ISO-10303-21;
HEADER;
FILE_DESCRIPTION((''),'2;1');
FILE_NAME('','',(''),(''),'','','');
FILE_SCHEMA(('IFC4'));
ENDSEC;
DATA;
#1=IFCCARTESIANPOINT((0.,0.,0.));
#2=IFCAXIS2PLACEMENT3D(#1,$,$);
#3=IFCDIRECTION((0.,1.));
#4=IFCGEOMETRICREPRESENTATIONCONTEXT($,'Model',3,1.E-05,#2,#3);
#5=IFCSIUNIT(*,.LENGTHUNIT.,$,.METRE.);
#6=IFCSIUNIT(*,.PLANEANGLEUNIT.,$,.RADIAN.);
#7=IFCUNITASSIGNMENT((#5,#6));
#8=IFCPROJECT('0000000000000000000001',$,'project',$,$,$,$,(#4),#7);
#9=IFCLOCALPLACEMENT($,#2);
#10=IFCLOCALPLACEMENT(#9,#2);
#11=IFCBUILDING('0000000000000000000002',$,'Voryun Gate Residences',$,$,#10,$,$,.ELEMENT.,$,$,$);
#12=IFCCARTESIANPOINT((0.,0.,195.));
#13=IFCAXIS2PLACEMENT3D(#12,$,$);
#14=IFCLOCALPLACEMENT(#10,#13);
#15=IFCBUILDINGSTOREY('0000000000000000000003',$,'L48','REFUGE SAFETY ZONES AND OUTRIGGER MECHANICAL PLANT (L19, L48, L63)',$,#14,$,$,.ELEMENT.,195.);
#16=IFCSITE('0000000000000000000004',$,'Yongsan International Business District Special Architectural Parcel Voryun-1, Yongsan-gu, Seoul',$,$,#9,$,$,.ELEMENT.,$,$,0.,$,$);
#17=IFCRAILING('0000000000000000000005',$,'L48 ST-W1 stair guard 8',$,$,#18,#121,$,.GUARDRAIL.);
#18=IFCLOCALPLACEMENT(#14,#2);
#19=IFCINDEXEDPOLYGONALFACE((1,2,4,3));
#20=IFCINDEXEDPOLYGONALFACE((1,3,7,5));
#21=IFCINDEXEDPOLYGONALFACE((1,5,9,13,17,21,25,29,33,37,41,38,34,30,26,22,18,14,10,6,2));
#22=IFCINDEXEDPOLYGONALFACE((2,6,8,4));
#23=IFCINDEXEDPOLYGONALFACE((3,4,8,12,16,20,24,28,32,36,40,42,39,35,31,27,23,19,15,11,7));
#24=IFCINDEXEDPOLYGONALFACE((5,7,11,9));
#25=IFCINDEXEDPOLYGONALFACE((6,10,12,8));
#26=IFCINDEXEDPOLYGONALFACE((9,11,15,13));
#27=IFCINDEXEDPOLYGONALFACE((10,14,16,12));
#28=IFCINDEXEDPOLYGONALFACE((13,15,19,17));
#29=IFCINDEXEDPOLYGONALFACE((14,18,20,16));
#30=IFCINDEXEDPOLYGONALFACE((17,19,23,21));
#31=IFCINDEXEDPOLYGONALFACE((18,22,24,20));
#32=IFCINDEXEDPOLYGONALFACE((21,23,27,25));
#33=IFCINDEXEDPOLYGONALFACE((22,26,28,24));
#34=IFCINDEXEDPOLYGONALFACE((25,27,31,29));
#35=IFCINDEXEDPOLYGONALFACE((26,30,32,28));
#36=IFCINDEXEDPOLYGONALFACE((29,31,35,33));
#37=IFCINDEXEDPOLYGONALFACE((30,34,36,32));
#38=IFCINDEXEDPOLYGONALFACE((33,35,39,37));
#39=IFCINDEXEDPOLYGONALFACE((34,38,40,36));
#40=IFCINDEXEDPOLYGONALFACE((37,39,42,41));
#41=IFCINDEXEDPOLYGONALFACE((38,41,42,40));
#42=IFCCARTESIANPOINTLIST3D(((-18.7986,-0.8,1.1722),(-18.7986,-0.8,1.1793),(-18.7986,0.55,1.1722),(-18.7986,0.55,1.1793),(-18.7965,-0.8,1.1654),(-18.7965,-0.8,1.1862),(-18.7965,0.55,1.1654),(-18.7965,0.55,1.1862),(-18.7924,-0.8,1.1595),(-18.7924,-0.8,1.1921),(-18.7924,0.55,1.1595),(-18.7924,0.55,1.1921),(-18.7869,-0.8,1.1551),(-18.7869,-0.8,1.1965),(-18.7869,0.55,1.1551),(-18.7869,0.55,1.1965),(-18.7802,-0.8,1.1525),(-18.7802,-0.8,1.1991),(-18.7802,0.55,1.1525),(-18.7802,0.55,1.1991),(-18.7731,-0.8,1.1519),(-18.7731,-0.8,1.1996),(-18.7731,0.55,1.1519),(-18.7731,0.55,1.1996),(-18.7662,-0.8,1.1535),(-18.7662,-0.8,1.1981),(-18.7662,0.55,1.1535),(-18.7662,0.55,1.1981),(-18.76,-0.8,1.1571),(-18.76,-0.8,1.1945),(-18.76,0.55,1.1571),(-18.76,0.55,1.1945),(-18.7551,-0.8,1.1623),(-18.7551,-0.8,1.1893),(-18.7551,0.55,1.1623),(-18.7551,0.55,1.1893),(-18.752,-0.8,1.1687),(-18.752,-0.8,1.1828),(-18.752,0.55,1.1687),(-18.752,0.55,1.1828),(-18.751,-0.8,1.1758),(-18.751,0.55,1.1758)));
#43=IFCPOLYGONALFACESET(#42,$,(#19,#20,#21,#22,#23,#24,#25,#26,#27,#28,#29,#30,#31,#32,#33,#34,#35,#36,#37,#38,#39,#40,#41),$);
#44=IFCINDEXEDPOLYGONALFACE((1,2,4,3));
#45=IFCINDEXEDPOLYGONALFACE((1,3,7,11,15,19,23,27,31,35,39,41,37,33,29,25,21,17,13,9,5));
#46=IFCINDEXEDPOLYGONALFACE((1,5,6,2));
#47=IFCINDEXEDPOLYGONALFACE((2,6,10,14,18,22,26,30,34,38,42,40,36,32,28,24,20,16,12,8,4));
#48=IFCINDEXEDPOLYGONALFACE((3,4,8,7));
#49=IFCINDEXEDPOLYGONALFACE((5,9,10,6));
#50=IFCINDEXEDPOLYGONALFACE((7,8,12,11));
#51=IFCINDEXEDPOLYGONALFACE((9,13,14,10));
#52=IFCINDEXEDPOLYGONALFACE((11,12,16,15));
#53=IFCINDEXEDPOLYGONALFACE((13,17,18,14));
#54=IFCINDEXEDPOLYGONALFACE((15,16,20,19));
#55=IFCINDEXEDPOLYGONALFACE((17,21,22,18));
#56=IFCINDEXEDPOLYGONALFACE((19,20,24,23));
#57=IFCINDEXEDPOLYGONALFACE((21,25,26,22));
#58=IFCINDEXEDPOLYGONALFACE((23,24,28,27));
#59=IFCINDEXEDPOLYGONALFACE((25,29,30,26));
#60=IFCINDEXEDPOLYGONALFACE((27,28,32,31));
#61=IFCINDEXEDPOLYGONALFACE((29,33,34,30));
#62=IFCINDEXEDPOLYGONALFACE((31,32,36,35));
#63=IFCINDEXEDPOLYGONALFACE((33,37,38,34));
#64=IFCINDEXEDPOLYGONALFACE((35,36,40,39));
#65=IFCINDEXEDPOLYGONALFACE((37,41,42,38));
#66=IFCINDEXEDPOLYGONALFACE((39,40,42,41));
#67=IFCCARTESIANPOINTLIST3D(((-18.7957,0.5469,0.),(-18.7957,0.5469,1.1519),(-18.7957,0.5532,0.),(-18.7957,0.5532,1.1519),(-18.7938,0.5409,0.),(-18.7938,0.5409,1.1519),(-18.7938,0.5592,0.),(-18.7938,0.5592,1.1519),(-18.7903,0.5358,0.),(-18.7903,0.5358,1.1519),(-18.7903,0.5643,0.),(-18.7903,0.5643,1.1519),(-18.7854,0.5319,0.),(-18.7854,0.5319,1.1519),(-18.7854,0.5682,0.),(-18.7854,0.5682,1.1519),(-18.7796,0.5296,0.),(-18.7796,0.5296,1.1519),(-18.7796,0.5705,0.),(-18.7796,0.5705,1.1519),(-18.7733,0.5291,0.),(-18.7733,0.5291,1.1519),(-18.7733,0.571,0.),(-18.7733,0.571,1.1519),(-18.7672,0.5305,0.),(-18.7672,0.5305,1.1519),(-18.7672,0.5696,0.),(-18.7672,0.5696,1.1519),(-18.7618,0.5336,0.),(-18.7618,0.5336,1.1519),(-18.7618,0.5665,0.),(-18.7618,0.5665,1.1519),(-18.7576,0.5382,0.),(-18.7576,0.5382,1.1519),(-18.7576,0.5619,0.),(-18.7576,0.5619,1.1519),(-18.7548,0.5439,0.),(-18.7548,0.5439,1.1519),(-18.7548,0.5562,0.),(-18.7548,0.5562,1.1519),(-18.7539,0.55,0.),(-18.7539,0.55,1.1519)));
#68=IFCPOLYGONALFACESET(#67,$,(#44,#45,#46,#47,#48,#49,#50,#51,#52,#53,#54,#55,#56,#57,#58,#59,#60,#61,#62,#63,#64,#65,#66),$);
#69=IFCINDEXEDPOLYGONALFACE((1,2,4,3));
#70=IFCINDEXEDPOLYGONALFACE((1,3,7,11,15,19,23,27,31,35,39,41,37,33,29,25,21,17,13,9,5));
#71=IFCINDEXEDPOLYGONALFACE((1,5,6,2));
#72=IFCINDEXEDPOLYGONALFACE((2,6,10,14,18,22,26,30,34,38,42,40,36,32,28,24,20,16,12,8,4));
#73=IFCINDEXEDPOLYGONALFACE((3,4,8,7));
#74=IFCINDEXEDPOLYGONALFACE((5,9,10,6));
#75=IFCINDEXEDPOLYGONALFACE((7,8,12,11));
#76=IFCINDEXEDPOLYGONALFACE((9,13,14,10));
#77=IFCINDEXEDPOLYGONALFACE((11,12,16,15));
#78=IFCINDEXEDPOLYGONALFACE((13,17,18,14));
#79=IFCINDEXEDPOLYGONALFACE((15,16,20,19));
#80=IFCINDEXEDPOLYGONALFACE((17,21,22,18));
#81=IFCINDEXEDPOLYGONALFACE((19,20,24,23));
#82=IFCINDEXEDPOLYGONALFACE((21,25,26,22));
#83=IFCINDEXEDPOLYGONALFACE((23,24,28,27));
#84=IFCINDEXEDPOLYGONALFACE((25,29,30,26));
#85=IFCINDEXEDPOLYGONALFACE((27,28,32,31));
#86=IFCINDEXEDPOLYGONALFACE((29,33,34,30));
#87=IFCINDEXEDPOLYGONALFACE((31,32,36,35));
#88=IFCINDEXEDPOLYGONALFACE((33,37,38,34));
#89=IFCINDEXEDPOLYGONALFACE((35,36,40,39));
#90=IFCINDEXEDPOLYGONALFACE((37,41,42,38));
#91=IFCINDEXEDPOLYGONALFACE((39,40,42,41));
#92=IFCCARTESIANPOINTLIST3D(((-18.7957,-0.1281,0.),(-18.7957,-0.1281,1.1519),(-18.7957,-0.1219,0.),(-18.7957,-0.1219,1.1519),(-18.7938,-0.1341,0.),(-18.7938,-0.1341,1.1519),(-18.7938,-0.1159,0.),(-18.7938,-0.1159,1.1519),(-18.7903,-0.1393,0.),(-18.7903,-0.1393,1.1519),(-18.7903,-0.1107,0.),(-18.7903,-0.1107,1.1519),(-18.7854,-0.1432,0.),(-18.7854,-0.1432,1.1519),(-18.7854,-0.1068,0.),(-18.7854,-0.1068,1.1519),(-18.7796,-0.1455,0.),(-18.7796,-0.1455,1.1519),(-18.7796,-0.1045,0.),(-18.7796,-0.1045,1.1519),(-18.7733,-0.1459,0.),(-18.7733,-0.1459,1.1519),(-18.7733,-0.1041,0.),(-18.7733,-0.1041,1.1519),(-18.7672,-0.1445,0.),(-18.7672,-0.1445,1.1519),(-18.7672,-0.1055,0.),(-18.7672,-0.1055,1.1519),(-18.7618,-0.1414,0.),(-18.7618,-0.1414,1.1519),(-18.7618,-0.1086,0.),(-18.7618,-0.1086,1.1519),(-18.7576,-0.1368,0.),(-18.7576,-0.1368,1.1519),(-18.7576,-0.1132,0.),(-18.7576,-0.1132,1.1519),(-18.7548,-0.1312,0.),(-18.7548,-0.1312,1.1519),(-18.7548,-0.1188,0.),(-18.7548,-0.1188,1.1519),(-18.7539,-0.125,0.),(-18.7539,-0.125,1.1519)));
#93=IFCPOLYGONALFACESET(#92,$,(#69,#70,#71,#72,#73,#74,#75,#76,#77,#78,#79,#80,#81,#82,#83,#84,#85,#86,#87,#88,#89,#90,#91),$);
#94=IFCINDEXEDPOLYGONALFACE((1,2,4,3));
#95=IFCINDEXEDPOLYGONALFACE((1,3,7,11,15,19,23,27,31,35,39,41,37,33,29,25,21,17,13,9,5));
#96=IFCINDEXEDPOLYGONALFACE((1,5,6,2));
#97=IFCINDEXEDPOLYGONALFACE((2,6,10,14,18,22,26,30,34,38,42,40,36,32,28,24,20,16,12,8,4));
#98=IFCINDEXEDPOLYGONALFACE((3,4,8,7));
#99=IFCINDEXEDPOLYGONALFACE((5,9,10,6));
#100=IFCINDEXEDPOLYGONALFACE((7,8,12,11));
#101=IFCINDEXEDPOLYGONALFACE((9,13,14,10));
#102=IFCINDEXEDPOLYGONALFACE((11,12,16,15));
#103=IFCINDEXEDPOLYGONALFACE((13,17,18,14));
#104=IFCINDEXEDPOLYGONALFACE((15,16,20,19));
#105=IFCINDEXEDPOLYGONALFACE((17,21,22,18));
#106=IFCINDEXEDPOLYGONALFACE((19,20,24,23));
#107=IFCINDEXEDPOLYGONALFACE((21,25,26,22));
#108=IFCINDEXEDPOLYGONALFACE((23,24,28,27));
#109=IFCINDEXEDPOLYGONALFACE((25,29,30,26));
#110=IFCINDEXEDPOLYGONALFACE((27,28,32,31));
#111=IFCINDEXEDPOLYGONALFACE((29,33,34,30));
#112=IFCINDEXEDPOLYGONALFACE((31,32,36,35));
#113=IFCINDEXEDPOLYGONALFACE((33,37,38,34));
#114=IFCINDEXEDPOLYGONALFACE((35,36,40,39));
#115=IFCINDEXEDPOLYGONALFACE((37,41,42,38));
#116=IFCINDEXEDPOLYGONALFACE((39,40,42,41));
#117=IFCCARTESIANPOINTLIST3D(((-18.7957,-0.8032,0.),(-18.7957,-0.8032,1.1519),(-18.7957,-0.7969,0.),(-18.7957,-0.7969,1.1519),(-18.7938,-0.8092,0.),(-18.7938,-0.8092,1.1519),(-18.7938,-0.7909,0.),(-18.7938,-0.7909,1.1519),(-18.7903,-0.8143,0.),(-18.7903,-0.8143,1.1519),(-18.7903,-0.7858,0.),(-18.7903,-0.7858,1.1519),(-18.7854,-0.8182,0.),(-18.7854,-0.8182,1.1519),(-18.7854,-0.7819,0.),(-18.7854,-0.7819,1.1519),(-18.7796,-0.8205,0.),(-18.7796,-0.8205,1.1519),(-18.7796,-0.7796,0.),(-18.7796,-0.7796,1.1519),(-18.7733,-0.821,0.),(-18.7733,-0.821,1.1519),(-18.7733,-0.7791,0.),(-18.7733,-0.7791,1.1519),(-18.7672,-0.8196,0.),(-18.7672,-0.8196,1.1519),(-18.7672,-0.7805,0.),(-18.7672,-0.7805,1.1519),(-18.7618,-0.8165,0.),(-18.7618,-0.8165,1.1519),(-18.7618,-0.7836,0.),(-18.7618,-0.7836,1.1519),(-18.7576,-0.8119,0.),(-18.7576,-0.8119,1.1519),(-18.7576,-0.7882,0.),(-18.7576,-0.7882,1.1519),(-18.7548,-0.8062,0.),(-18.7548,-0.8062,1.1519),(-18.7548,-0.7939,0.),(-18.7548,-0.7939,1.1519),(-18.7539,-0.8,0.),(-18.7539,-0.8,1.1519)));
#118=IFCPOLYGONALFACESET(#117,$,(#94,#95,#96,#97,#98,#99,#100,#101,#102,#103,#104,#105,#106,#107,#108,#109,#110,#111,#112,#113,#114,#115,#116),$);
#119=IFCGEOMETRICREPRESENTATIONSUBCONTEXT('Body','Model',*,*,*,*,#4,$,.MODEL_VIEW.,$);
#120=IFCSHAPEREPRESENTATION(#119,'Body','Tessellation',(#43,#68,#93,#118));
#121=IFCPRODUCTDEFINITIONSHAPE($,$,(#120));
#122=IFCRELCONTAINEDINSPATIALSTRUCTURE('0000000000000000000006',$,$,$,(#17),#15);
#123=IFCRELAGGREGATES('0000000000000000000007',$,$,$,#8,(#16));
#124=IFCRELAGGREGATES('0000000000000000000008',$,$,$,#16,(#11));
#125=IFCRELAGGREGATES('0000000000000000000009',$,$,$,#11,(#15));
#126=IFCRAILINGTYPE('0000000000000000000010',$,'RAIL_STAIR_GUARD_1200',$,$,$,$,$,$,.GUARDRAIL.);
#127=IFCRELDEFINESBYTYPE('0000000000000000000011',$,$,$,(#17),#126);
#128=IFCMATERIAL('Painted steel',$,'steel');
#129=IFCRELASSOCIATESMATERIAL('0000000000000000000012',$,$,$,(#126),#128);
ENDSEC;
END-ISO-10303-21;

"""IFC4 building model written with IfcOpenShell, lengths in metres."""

from ifc_helpers import new_model, si_unit, direction, frame, origin, origin_2d, place, context, subcontext, project, spatial, circle, extrude, material, type_object, element, save


model = new_model("IFC4")

# Units and contexts
model_context = context("Model", 3, precision=1e-05, world=origin(), true_north=direction((0.0, 1.0)))
body_context = subcontext(model_context, "Body", "Model", "MODEL_VIEW")
ifc_project = project(units=[si_unit("LENGTHUNIT", "METRE"), si_unit("PLANEANGLEUNIT", "RADIAN")], contexts=[model_context])

# Site, building, storey
site_placement = place(None, origin())
site = spatial("IfcSite", under=ifc_project, at=site_placement, Name="Yongsan International Business District Special Architectural Parcel Voryun-1, Yongsan-gu, Seoul", CompositionType="ELEMENT", RefElevation=0.0)
building_placement = place(site_placement, origin())
building = spatial("IfcBuilding", under=site, at=building_placement, Name="Voryun Gate Residences", CompositionType="ELEMENT")
storey_placement = place(building_placement, frame((0.0, 0.0, 195.0)))
storey = spatial("IfcBuildingStorey", under=building, at=storey_placement, Name="L48", Description="REFUGE SAFETY ZONES AND OUTRIGGER MECHANICAL PLANT (L19, L48, L63)", CompositionType="ELEMENT", Elevation=195.0)

# Railing
ifc_material_1 = material(Name="Painted steel", Category="steel")
railing_type_1 = type_object("IfcRailingType", Name="RAIL_STAIR_GUARD_1200", PredefinedType="GUARDRAIL", material=ifc_material_1)
railing_1_placement = place(storey_placement, frame((-18.7749, 0.55, 0.0)))
element("IfcRailing", 1, at=railing_1_placement, inside=storey, type_object=railing_type_1, Name="L48 ST-W1 stair guard 8", PredefinedType="GUARDRAIL", context=body_context, shape_type="SweptSolid", body=[
    extrude(circle(Radius=0.0239, at=origin_2d()), frame((0.0, 0.0, 1.1758), z_axis=(0.0, -1.0, 0.0), x_axis=(1.0, 0.0, 0.0)), (0.0, 0.0, 1.0), 1.3501),
    extrude(circle(Radius=0.021, at=origin_2d()), origin(), (0.0, 0.0, 1.0), 1.1519),
    extrude(circle(Radius=0.021, at=origin_2d()), frame((0.0, -0.675, 0.0)), (0.0, 0.0, 1.0), 1.1519),
    extrude(circle(Radius=0.021, at=origin_2d()), frame((0.0, -1.3501, 0.0)), (0.0, 0.0, 1.0), 1.1519),
])

save(model, "model.ifc")
